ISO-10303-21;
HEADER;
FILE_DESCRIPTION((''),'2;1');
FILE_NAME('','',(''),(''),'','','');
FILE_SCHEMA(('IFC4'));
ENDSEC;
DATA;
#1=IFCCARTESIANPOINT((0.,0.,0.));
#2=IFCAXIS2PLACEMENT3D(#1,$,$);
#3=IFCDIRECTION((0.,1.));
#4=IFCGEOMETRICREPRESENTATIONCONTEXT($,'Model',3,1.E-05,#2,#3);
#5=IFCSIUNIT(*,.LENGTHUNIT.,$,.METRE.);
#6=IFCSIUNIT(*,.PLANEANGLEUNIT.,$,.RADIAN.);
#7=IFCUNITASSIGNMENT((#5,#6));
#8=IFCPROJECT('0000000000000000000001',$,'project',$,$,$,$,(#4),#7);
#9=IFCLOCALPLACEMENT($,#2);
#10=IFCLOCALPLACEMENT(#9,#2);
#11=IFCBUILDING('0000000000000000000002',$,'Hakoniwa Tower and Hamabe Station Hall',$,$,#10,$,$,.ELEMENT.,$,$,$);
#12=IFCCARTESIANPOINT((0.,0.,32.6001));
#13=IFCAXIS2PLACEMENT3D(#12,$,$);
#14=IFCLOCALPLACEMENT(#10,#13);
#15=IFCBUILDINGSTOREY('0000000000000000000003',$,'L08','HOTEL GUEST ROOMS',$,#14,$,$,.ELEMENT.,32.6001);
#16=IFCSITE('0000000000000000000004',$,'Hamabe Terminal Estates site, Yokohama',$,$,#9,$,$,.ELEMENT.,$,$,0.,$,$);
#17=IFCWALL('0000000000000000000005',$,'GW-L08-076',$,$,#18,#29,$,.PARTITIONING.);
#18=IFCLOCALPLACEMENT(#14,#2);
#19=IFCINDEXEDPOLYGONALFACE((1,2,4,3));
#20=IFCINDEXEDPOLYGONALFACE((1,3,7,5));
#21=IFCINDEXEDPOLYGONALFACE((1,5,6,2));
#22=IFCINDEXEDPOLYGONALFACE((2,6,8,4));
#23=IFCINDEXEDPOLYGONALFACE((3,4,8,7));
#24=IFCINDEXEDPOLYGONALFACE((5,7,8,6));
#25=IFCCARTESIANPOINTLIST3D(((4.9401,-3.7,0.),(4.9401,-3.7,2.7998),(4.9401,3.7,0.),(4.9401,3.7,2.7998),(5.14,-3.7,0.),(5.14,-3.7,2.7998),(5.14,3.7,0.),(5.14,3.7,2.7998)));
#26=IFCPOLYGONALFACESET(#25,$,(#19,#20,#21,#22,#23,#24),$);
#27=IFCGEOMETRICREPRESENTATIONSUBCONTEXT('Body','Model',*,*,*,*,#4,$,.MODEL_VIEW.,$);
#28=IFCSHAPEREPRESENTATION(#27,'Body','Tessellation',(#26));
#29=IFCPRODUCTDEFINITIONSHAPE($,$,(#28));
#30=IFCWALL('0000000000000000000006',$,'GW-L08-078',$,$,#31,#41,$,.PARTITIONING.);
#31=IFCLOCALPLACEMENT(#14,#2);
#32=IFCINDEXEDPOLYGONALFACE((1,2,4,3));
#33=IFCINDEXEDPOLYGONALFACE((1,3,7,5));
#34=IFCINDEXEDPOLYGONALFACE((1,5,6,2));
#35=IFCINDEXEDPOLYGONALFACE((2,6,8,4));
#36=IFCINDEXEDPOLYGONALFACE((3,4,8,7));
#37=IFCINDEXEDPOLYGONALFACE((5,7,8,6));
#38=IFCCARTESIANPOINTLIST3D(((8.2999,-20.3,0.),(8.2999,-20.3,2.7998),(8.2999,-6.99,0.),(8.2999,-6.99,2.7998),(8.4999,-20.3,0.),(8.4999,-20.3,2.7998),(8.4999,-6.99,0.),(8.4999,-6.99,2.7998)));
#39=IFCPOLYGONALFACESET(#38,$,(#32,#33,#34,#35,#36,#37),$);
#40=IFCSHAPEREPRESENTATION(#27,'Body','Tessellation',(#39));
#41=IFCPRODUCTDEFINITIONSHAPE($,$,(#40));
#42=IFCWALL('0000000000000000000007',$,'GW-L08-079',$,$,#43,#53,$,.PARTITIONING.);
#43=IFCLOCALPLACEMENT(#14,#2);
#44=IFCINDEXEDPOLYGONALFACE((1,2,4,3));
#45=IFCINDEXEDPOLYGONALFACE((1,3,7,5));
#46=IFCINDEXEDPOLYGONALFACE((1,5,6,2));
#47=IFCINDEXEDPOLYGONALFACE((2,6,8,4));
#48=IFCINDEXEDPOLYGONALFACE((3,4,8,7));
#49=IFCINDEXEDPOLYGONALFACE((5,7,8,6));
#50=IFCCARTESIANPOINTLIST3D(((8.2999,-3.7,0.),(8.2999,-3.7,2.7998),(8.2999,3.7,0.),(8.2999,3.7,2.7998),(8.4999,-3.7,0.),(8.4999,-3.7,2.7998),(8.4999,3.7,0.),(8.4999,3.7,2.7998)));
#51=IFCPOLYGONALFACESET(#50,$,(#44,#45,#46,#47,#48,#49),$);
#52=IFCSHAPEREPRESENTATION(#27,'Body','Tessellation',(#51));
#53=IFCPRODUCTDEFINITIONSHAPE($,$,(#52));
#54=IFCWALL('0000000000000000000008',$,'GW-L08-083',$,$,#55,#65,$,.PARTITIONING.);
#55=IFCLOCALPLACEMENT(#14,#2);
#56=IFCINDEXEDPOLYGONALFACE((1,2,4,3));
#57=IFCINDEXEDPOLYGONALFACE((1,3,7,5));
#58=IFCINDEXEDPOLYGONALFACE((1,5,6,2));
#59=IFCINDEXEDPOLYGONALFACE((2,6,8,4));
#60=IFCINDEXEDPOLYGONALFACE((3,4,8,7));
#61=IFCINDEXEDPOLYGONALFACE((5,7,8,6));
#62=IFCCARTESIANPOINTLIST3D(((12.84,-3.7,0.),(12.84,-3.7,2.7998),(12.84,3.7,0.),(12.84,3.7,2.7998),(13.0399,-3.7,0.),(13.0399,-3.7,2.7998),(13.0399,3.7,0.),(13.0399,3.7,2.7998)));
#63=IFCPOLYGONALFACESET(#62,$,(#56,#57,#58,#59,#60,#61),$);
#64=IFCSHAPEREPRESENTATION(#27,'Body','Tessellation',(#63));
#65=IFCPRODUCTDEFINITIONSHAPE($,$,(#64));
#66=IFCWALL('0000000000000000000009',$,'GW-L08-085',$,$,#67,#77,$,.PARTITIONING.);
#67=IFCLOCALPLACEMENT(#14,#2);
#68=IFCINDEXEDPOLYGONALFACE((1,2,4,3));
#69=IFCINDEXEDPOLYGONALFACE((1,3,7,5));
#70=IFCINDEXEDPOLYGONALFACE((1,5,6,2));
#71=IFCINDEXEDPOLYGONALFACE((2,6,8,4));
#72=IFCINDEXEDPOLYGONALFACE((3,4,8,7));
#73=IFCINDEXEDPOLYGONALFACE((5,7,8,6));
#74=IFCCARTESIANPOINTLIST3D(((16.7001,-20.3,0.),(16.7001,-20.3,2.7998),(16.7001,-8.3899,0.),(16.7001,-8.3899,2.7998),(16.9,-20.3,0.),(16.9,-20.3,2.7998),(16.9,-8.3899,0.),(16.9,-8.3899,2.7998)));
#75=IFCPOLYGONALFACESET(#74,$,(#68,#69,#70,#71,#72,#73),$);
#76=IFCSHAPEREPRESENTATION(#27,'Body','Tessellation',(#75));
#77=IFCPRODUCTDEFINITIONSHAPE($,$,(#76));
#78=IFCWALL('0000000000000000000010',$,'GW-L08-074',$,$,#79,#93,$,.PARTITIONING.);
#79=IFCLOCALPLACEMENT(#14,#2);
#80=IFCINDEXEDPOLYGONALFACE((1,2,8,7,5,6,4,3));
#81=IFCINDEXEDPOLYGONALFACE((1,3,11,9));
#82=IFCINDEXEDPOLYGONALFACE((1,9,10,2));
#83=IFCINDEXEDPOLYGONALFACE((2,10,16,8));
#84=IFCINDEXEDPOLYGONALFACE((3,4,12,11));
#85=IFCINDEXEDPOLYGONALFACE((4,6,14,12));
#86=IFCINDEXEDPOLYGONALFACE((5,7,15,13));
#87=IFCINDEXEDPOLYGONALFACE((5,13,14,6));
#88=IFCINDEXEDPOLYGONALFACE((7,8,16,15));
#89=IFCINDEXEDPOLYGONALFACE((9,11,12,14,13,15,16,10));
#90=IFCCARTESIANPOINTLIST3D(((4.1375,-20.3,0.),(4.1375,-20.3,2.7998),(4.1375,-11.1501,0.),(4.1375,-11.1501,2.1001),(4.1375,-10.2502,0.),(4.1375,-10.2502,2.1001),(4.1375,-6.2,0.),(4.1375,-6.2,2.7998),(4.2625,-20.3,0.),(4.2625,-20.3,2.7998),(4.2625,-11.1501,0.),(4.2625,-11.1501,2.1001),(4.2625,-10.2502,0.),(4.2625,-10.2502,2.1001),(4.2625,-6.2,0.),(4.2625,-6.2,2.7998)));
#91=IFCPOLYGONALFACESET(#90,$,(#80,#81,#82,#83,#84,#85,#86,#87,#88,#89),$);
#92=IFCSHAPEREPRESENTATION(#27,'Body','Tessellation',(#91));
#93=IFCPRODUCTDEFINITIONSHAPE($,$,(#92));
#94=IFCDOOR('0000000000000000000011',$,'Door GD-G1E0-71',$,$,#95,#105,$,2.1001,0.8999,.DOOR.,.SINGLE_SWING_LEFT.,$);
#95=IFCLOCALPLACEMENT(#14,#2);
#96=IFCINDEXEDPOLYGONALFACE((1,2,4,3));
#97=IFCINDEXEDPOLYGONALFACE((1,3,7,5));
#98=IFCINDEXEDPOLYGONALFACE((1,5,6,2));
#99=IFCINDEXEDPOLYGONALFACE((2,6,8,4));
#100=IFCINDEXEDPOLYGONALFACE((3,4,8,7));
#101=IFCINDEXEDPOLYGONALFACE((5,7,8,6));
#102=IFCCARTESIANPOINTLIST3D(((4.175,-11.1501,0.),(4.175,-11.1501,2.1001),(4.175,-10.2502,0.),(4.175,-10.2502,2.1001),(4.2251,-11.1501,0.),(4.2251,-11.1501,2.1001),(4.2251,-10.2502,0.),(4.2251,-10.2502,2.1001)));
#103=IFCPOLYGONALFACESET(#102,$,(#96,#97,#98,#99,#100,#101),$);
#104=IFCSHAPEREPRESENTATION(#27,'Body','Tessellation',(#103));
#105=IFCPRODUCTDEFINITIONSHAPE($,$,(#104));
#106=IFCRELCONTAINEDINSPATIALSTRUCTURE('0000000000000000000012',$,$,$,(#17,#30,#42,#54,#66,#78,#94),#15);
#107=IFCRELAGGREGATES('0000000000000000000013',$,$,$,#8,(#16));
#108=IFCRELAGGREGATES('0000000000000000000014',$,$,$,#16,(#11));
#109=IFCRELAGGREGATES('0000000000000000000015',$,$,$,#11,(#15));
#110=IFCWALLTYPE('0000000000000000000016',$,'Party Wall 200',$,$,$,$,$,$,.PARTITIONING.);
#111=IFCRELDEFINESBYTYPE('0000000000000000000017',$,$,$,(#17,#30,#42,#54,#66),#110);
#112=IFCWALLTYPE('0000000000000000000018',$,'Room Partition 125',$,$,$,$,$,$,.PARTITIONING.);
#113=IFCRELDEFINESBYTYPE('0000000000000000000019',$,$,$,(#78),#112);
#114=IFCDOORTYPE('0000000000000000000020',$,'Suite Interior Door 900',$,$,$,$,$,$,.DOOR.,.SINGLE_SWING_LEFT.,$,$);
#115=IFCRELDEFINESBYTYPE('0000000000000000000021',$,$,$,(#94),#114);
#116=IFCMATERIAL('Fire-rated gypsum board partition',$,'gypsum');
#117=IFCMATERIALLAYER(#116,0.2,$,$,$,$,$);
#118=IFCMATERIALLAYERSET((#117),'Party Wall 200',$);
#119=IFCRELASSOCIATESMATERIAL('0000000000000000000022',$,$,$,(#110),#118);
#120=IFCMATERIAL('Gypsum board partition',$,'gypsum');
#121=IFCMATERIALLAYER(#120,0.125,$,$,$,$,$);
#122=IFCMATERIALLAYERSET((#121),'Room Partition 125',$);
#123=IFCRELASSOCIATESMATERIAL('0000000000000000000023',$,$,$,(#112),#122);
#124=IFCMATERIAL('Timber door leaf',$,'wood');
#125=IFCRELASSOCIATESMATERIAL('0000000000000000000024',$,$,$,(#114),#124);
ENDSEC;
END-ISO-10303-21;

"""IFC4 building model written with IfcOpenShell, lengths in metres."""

from ifc_helpers import new_model, si_unit, direction, frame, frame_2d, origin, place, context, subcontext, project, spatial, rectangle, extrude, material, layer, layer_set, type_object, element, fill, save


model = new_model("IFC4")

# Units and contexts
model_context = context("Model", 3, precision=1e-05, world=origin(), true_north=direction((0.0, 1.0)))
body_context = subcontext(model_context, "Body", "Model", "MODEL_VIEW")
ifc_project = project(units=[si_unit("LENGTHUNIT", "METRE"), si_unit("PLANEANGLEUNIT", "RADIAN")], contexts=[model_context])

# Site, building, storey
site_placement = place(None, origin())
site = spatial("IfcSite", under=ifc_project, at=site_placement, Name="Hamabe Terminal Estates site, Yokohama", CompositionType="ELEMENT", RefElevation=0.0)
building_placement = place(site_placement, origin())
building = spatial("IfcBuilding", under=site, at=building_placement, Name="Hakoniwa Tower and Hamabe Station Hall", CompositionType="ELEMENT")
storey_placement = place(building_placement, frame((0.0, 0.0, 32.6001)))
storey = spatial("IfcBuildingStorey", under=building, at=storey_placement, Name="L08", Description="HOTEL GUEST ROOMS", CompositionType="ELEMENT", Elevation=32.6001)

# Walls
ifc_material_1 = material(Name="Fire-rated gypsum board partition", Category="gypsum")
ifc_layer_1 = layer(ifc_material_1, 0.2)
ifc_layer_set_1 = layer_set([ifc_layer_1], Name="Party Wall 200")
wall_type_1 = type_object("IfcWallType", Name="Party Wall 200", PredefinedType="PARTITIONING", material=ifc_layer_set_1)
for number, where, z_axis, x_axis, name in (
    (1, (5.04, -3.7, 0.0), (0.0, 0.0, 1.0), (0.0, 1.0, 0.0), "GW-L08-076"),
):
    element("IfcWall", number, at=place(storey_placement, frame(where, z_axis=z_axis, x_axis=x_axis)), inside=storey, type_object=wall_type_1, Name=name, PredefinedType="PARTITIONING", context=body_context, shape_type="SweptSolid", body=[
        extrude(rectangle(XDim=7.3999, YDim=0.2, at=frame_2d((3.7, 0.0))), origin(), (0.0, 0.0, 1.0), 2.7998),
    ])
wall_1_placement = place(storey_placement, frame((8.3999, -20.3, 0.0), z_axis=(0.0, 0.0, 1.0), x_axis=(0.0, 1.0, 0.0)))
element("IfcWall", 2, at=wall_1_placement, inside=storey, type_object=wall_type_1, Name="GW-L08-078", PredefinedType="PARTITIONING", context=body_context, shape_type="SweptSolid", body=[
    extrude(rectangle(XDim=13.3101, YDim=0.2, at=frame_2d((6.655, 0.0))), origin(), (0.0, 0.0, 1.0), 2.7998),
])
for number, where, z_axis, x_axis, name in (
    (3, (8.3999, -3.7, 0.0), (0.0, 0.0, 1.0), (0.0, 1.0, 0.0), "GW-L08-079"),
    (4, (12.9399, -3.7, 0.0), (0.0, 0.0, 1.0), (0.0, 1.0, 0.0), "GW-L08-083"),
):
    element("IfcWall", number, at=place(storey_placement, frame(where, z_axis=z_axis, x_axis=x_axis)), inside=storey, type_object=wall_type_1, Name=name, PredefinedType="PARTITIONING", context=body_context, shape_type="SweptSolid", body=[
        extrude(rectangle(XDim=7.3999, YDim=0.2, at=frame_2d((3.7, 0.0))), origin(), (0.0, 0.0, 1.0), 2.7998),
    ])
wall_2_placement = place(storey_placement, frame((16.8, -20.3, 0.0), z_axis=(0.0, 0.0, 1.0), x_axis=(0.0, 1.0, 0.0)))
element("IfcWall", 5, at=wall_2_placement, inside=storey, type_object=wall_type_1, Name="GW-L08-085", PredefinedType="PARTITIONING", context=body_context, shape_type="SweptSolid", body=[
    extrude(rectangle(XDim=11.9102, YDim=0.2, at=frame_2d((5.9551, 0.0))), origin(), (0.0, 0.0, 1.0), 2.7998),
])

# Wall, opening, door
ifc_material_2 = material(Name="Gypsum board partition", Category="gypsum")
ifc_layer_2 = layer(ifc_material_2, 0.125)
ifc_layer_set_2 = layer_set([ifc_layer_2], Name="Room Partition 125")
wall_type_2 = type_object("IfcWallType", Name="Room Partition 125", PredefinedType="PARTITIONING", material=ifc_layer_set_2)
wall_3_placement = place(storey_placement, frame((4.2, -20.3, 0.0), z_axis=(0.0, 0.0, 1.0), x_axis=(0.0, 1.0, 0.0)))
wall_3 = element("IfcWall", 6, at=wall_3_placement, inside=storey, type_object=wall_type_2, Name="GW-L08-074", PredefinedType="PARTITIONING", context=body_context, shape_type="SweptSolid", body=[
    extrude(rectangle(XDim=14.1001, YDim=0.125, at=frame_2d((7.05, 0.0))), origin(), (0.0, 0.0, 1.0), 2.7998),
])
opening_1_placement = place(wall_3_placement, frame((9.1499, 0.0, 0.0)))
opening_1 = element("IfcOpeningElement", 7, at=opening_1_placement, cuts=wall_3, PredefinedType="OPENING", context=body_context, shape_type="SweptSolid", body=[
    extrude(rectangle(XDim=0.8999, YDim=2.1001, at=frame_2d((0.45, 1.05))), frame((0.0, 0.0725, 0.0), z_axis=(0.0, -1.0, 0.0), x_axis=(1.0, 0.0, 0.0)), (0.0, 0.0, 1.0), 0.145),
])
ifc_material_3 = material(Name="Timber door leaf", Category="wood")
door_type_1 = type_object("IfcDoorType", Name="Suite Interior Door 900", OperationType="SINGLE_SWING_LEFT", PredefinedType="DOOR", material=ifc_material_3)
door_1_placement = place(opening_1_placement, origin())
door_1 = element("IfcDoor", 8, at=door_1_placement, inside=storey, type_object=door_type_1, Name="Door GD-G1E0-71", OperationType="SINGLE_SWING_LEFT", OverallHeight=2.1001, OverallWidth=0.8999, PredefinedType="DOOR", context=body_context, shape_type="SweptSolid", body=[
    extrude(rectangle(XDim=0.8999, YDim=2.1001, at=frame_2d((0.45, 1.05))), frame((0.0, 0.0249, 0.0), z_axis=(0.0, -1.0, 0.0), x_axis=(1.0, 0.0, 0.0)), (0.0, 0.0, 1.0), 0.05),
])
fill(opening_1, door_1)

save(model, "model.ifc")
